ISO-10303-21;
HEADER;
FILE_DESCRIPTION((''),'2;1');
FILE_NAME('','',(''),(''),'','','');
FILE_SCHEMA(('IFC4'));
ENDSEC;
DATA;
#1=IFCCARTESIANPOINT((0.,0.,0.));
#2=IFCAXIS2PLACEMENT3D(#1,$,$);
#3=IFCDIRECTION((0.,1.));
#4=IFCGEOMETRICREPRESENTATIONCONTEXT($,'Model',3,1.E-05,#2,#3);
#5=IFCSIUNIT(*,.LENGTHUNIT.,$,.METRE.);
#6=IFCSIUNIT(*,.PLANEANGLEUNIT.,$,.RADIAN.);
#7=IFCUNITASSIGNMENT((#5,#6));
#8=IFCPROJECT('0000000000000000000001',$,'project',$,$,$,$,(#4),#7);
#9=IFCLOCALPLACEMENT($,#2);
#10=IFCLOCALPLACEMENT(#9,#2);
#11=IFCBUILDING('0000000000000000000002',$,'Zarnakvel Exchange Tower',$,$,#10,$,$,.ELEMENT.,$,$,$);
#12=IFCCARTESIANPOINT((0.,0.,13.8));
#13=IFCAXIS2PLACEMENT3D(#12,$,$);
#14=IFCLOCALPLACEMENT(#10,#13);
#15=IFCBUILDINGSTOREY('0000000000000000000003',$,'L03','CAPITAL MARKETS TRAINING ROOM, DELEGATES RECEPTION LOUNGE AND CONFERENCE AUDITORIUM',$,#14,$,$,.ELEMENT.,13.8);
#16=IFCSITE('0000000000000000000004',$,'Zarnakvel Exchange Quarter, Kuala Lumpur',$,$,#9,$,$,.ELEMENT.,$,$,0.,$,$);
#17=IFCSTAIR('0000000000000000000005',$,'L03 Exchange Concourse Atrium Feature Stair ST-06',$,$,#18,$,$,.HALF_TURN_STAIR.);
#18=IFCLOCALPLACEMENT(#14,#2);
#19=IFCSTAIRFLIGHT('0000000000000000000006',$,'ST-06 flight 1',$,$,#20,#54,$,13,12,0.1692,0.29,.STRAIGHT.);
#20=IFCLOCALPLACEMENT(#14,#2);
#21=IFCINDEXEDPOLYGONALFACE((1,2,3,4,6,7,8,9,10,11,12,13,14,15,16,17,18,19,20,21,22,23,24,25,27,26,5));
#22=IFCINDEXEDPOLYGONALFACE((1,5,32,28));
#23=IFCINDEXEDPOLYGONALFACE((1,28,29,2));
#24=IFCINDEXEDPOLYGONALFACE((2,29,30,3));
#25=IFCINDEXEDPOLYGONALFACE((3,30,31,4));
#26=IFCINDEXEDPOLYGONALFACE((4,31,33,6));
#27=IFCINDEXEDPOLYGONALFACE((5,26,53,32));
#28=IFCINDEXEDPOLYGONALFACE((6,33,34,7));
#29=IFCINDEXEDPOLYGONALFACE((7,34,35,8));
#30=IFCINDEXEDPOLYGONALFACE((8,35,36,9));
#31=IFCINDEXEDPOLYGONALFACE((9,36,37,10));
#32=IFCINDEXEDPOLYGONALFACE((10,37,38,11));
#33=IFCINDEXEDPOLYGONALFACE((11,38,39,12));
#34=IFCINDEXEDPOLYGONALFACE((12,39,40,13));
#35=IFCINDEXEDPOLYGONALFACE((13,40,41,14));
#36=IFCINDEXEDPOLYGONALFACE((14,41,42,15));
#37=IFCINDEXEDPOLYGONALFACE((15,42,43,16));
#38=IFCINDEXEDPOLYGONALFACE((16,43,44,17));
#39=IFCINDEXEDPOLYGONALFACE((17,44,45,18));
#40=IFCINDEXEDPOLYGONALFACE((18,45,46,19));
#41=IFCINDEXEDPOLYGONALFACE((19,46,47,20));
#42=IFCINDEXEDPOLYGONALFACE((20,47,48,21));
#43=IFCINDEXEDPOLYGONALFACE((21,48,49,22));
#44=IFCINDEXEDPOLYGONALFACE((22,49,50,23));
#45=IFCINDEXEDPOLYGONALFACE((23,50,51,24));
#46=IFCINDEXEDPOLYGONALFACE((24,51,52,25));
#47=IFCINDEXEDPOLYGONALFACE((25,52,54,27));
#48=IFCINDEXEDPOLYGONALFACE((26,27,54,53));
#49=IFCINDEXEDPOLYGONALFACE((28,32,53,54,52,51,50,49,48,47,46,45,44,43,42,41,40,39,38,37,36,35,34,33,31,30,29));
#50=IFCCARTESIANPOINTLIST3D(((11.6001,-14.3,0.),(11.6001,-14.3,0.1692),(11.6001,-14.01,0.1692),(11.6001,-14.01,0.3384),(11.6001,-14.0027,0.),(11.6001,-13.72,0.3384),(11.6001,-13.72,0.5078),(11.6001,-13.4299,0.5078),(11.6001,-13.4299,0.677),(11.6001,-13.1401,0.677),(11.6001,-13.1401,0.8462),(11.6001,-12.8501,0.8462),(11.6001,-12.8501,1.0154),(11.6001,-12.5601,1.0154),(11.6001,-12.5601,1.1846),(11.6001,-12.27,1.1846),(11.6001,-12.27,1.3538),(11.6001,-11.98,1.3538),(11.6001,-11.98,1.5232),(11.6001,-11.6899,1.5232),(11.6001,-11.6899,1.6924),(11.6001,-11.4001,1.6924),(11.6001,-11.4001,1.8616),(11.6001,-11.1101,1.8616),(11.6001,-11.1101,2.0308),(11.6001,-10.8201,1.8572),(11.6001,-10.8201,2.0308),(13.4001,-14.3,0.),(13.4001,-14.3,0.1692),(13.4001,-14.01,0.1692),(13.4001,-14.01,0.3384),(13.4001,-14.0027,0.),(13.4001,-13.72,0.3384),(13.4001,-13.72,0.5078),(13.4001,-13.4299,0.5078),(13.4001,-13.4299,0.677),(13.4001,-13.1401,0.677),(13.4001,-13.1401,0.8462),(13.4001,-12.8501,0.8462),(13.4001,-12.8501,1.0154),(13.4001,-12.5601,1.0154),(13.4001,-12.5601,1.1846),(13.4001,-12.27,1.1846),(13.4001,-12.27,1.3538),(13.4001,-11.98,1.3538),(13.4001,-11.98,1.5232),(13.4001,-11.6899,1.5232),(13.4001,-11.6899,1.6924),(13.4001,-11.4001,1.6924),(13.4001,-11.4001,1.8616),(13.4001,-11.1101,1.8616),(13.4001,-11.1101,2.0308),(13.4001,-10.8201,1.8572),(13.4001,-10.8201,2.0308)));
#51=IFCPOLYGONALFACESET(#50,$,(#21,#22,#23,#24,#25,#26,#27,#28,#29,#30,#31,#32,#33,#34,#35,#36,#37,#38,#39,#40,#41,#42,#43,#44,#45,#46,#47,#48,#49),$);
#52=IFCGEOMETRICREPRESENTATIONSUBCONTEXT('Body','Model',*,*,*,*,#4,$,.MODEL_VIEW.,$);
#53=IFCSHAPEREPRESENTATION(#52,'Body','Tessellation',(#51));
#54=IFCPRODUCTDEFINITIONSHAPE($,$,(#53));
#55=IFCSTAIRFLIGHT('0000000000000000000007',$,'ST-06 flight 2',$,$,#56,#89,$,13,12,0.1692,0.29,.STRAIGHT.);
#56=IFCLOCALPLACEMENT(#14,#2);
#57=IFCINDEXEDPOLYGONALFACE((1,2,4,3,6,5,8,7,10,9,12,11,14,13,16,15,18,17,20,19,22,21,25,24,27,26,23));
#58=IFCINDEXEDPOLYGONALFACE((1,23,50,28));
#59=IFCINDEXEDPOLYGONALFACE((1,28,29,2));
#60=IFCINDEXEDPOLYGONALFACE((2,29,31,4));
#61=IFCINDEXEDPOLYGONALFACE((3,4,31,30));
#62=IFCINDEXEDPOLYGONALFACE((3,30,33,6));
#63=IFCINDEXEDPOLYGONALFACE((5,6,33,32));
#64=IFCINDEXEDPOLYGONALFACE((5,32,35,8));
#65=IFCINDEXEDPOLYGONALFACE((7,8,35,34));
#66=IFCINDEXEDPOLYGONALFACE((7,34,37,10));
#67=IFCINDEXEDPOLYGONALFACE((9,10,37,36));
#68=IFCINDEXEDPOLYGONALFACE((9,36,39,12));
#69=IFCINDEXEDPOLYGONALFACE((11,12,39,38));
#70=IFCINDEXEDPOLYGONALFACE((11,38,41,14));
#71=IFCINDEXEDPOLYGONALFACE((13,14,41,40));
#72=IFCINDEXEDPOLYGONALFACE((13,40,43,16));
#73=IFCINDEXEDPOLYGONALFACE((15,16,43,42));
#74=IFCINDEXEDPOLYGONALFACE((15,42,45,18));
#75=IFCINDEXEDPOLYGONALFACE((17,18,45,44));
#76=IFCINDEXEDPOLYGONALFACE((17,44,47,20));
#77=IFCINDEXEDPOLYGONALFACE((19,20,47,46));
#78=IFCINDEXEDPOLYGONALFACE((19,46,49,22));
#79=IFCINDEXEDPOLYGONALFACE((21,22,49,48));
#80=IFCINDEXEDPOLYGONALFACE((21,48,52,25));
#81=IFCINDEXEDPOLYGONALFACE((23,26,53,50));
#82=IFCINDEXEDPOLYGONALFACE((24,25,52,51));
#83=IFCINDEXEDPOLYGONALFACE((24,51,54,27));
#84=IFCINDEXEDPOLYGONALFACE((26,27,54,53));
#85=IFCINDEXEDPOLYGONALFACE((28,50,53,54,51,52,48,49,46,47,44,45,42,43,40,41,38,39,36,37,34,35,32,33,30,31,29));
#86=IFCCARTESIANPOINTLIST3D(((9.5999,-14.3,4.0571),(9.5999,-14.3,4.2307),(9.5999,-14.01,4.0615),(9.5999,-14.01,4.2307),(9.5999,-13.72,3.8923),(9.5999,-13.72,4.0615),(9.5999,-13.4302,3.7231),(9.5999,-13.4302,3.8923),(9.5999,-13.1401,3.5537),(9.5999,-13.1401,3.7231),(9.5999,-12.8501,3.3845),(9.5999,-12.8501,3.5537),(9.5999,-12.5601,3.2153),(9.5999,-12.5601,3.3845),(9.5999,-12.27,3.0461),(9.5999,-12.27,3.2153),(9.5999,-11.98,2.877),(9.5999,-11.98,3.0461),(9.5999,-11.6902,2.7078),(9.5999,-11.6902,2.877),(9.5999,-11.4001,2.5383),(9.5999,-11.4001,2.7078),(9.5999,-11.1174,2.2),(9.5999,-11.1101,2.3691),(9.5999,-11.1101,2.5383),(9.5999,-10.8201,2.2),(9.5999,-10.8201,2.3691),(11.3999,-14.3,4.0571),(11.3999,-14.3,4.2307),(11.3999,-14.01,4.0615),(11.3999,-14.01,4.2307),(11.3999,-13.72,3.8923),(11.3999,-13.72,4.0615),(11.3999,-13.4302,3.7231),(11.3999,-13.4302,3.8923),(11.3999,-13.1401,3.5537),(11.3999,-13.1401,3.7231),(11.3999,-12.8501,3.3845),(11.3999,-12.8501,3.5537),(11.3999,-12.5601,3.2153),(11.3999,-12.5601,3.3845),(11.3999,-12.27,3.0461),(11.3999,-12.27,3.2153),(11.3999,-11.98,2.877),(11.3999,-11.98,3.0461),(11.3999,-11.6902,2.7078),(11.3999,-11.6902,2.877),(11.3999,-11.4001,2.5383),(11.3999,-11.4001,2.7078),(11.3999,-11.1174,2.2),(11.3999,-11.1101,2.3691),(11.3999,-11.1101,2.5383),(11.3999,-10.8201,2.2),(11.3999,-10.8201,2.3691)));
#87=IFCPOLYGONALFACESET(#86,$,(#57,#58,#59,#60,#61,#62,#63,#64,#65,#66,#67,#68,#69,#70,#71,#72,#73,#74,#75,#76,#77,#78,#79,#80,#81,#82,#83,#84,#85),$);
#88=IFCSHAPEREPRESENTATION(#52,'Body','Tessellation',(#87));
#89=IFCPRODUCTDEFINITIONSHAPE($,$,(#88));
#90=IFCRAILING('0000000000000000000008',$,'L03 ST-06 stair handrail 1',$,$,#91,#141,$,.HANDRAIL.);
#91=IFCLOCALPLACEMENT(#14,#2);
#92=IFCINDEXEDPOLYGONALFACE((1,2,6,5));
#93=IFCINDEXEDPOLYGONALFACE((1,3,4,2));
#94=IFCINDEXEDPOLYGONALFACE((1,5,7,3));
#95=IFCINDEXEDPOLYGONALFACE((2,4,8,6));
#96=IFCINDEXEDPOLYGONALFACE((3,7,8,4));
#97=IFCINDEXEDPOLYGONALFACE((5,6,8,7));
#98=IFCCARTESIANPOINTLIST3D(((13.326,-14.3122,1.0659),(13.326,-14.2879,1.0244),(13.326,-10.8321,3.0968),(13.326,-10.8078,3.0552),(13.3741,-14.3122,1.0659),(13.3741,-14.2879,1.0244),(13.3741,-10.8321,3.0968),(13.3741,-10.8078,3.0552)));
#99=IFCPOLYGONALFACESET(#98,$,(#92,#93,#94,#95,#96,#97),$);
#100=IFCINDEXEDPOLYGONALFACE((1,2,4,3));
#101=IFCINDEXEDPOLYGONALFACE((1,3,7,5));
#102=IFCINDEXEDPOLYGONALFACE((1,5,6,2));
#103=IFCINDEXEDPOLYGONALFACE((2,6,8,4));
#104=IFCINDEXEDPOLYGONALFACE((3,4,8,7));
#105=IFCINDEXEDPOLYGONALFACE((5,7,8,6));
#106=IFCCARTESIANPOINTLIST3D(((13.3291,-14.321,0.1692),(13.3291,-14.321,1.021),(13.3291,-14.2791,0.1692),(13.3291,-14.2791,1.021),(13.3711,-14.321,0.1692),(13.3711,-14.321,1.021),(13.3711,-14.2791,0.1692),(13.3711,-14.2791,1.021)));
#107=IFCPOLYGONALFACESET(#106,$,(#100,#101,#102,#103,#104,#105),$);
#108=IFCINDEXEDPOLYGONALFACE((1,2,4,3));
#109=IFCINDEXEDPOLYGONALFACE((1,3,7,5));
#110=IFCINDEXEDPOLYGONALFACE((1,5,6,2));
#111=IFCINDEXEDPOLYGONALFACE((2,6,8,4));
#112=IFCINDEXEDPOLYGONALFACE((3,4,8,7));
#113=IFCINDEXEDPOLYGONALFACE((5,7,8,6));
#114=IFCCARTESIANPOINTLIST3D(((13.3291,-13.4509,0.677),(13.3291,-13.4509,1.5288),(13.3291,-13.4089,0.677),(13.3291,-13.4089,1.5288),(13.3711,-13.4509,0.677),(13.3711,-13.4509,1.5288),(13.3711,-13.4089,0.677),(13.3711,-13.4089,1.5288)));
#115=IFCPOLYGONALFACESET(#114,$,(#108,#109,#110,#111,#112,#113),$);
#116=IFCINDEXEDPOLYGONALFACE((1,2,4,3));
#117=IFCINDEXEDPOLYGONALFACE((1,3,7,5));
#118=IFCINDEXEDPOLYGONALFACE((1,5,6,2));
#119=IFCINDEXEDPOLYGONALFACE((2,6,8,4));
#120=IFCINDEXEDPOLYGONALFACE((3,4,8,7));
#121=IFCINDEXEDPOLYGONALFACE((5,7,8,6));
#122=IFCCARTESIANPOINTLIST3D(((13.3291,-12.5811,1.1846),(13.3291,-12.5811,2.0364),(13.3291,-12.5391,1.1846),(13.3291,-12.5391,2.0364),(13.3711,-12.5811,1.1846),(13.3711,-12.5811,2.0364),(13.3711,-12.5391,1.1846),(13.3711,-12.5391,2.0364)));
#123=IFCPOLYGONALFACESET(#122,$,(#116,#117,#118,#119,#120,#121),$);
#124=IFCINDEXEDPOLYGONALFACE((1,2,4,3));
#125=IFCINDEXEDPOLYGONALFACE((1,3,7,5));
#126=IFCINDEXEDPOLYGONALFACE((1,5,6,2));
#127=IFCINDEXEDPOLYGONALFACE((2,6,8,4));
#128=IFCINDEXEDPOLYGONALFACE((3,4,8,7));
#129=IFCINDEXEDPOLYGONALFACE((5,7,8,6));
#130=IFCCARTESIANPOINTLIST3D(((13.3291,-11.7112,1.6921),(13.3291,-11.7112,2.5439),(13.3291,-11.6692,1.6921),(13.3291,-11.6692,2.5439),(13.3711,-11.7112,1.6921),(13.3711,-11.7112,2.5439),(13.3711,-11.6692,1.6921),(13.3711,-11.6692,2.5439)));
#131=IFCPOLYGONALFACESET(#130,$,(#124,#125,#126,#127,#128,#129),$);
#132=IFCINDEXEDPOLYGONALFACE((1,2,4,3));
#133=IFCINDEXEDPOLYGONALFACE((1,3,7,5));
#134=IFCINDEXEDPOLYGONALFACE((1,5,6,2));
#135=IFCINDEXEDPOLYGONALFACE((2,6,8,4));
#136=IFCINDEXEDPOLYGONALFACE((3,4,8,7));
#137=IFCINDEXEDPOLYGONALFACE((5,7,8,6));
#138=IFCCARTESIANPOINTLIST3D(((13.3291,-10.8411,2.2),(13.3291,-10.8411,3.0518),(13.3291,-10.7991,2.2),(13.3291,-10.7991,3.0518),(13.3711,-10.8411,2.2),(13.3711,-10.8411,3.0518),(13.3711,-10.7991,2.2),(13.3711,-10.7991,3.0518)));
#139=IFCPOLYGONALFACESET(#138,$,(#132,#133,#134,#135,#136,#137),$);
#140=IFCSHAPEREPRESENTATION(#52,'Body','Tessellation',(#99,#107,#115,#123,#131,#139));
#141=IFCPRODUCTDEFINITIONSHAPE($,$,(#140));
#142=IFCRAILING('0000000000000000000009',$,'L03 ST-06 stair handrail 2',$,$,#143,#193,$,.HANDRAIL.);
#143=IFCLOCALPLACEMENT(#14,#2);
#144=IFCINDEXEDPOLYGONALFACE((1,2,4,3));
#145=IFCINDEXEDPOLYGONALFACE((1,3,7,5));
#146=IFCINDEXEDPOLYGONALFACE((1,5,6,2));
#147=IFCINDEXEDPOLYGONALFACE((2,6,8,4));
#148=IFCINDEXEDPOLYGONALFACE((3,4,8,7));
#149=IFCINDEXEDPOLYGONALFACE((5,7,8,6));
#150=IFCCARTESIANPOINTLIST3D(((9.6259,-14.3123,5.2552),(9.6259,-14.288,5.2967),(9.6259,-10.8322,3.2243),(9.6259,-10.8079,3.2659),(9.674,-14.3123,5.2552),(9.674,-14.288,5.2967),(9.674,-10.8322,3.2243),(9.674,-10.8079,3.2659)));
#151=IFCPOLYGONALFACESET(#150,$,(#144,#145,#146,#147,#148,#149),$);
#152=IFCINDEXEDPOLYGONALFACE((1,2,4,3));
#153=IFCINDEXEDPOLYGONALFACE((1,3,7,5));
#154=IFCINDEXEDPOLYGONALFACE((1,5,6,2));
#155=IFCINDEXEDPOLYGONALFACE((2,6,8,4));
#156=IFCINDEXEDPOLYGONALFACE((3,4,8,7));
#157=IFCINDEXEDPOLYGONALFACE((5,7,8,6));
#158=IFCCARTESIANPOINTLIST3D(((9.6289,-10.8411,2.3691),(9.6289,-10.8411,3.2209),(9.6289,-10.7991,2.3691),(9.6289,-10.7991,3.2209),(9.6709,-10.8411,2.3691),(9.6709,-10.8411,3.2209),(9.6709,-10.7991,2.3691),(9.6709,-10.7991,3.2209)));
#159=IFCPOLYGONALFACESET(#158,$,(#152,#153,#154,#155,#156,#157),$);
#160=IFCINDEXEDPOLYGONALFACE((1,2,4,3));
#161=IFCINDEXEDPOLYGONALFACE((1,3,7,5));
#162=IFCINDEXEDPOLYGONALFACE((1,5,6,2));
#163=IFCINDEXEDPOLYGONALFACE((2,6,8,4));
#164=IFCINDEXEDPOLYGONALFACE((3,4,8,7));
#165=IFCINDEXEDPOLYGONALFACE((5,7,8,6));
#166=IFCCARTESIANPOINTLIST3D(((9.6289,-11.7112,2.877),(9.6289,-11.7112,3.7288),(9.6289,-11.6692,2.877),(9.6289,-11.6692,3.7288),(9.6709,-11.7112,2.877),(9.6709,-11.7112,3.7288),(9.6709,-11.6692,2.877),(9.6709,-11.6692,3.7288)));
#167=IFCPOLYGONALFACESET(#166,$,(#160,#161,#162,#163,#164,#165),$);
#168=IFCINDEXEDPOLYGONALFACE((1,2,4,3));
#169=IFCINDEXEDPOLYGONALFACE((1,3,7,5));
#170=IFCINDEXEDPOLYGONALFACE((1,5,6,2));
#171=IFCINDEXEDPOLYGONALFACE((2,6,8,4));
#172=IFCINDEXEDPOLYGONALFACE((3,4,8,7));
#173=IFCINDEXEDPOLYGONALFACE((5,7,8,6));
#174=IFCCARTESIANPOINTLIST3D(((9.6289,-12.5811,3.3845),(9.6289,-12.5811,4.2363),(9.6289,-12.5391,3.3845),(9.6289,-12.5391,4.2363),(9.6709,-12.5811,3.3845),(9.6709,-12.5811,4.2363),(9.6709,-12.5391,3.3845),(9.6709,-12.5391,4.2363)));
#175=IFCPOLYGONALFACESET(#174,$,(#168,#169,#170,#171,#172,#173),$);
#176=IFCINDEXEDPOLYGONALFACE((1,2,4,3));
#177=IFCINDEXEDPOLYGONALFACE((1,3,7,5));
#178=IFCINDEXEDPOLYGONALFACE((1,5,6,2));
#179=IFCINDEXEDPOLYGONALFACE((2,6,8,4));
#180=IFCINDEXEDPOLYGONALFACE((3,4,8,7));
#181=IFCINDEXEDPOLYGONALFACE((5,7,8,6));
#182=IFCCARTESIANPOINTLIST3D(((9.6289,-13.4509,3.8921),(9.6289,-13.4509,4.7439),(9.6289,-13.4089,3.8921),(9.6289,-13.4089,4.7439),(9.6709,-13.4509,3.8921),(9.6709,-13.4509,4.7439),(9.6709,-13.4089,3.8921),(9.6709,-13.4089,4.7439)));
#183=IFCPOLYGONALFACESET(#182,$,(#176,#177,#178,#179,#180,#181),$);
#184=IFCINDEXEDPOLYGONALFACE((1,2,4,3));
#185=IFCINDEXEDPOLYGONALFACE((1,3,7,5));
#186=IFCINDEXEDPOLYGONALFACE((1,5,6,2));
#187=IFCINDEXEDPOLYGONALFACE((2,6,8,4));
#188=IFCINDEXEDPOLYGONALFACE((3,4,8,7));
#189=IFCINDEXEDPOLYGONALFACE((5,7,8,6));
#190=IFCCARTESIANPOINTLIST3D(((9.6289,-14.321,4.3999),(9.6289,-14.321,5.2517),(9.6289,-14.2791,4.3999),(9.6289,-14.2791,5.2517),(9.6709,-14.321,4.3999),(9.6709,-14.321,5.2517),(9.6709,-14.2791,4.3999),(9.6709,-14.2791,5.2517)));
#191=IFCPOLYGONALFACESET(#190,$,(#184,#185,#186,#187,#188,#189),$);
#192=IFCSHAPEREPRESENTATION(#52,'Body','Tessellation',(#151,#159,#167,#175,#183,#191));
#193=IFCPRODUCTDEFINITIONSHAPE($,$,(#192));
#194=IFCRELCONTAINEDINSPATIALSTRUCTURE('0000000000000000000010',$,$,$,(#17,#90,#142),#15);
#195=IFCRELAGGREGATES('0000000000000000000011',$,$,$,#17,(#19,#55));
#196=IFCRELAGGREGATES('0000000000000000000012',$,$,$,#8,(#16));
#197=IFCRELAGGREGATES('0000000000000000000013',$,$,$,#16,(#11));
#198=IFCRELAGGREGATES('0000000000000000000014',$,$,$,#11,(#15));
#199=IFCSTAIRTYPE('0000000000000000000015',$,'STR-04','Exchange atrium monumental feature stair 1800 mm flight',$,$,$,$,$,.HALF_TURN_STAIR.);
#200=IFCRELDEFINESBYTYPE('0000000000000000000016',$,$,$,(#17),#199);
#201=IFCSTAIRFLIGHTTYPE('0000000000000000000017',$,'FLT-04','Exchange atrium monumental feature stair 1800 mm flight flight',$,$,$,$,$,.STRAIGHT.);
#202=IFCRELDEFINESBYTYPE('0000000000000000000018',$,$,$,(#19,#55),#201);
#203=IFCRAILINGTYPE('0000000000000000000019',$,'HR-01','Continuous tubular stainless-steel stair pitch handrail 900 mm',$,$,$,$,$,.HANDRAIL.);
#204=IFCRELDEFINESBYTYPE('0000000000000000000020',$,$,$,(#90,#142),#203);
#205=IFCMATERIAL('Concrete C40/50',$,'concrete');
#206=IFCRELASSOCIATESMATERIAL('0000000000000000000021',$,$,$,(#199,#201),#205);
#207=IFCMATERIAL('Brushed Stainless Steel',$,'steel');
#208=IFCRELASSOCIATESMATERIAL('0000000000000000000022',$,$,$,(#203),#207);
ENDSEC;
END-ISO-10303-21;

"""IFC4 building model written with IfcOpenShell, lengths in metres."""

from ifc_helpers import new_model, si_unit, direction, frame, origin, origin_2d, place, context, subcontext, project, spatial, polyline, rectangle, outline, extrude, material, type_object, element, aggregate, save


model = new_model("IFC4")

# Units and contexts
model_context = context("Model", 3, precision=1e-05, world=origin(), true_north=direction((0.0, 1.0)))
body_context = subcontext(model_context, "Body", "Model", "MODEL_VIEW")
ifc_project = project(units=[si_unit("LENGTHUNIT", "METRE"), si_unit("PLANEANGLEUNIT", "RADIAN")], contexts=[model_context])

# Site, building, storey
site_placement = place(None, origin())
site = spatial("IfcSite", under=ifc_project, at=site_placement, Name="Zarnakvel Exchange Quarter, Kuala Lumpur", CompositionType="ELEMENT", RefElevation=0.0)
building_placement = place(site_placement, origin())
building = spatial("IfcBuilding", under=site, at=building_placement, Name="Zarnakvel Exchange Tower", CompositionType="ELEMENT")
storey_placement = place(building_placement, frame((0.0, 0.0, 13.8)))
storey = spatial("IfcBuildingStorey", under=building, at=storey_placement, Name="L03", Description="CAPITAL MARKETS TRAINING ROOM, DELEGATES RECEPTION LOUNGE AND CONFERENCE AUDITORIUM", CompositionType="ELEMENT", Elevation=13.8)

# Shared definitions
ifc_material_1 = material(Name="Concrete C40/50", Category="concrete")

# Stair, stair flights
stair_type = type_object("IfcStairType", Name="STR-04", Description="Exchange atrium monumental feature stair 1800 mm flight", PredefinedType="HALF_TURN_STAIR", material=ifc_material_1)
stair_placement = place(storey_placement, origin())
stair = element("IfcStair", 1, at=stair_placement, inside=storey, type_object=stair_type, Name="L03 Exchange Concourse Atrium Feature Stair ST-06", PredefinedType="HALF_TURN_STAIR")
stair_flight_type = type_object("IfcStairFlightType", Name="FLT-04", Description="Exchange atrium monumental feature stair 1800 mm flight flight", PredefinedType="STRAIGHT", material=ifc_material_1)
stair_flight_1_placement = place(storey_placement, frame((12.5, -14.3, 0.0), z_axis=(0.0, 0.0, 1.0), x_axis=(0.0, 1.0, 0.0)))
stair_flight_1 = element("IfcStairFlight", 2, at=stair_flight_1_placement, type_object=stair_flight_type, Name="ST-06 flight 1", NumberOfRisers=13, NumberOfTreads=12, PredefinedType="STRAIGHT", RiserHeight=0.1692, TreadLength=0.29, context=body_context, shape_type="SweptSolid", body=[
    extrude(outline(polyline([(0.0, 0.0), (0.0, 0.1692), (0.29, 0.1692), (0.29, 0.3384), (0.5801, 0.3384), (0.5801, 0.5078), (0.8701, 0.5078), (0.8701, 0.677), (1.1599, 0.677), (1.1599, 0.8462), (1.45, 0.8462), (1.45, 1.0154), (1.74, 1.0154), (1.74, 1.1846), (2.03, 1.1846), (2.03, 1.3538), (2.3201, 1.3538), (2.3201, 1.5232), (2.6101, 1.5232), (2.6101, 1.6924), (2.8999, 1.6924), (2.8999, 1.8616), (3.1899, 1.8616), (3.1899, 2.0308), (3.48, 2.0308), (3.48, 2.2), (3.48, 1.8572), (0.2974, 0.0), (0.0, 0.0)])), frame((0.0, 0.8999, 0.0), z_axis=(0.0, -1.0, 0.0), x_axis=(1.0, 0.0, 0.0)), (0.0, 0.0, 1.0), 1.8),
])
stair_flight_2_placement = place(storey_placement, frame((10.5, -10.8201, 2.2), z_axis=(0.0, 0.0, 1.0), x_axis=(0.0, -1.0, 0.0)))
stair_flight_2 = element("IfcStairFlight", 3, at=stair_flight_2_placement, type_object=stair_flight_type, Name="ST-06 flight 2", NumberOfRisers=13, NumberOfTreads=12, PredefinedType="STRAIGHT", RiserHeight=0.1692, TreadLength=0.29, context=body_context, shape_type="SweptSolid", body=[
    extrude(outline(polyline([(0.0, 0.0), (0.0, 0.1692), (0.29, 0.1692), (0.29, 0.3384), (0.5801, 0.3384), (0.5801, 0.5078), (0.8701, 0.5078), (0.8701, 0.677), (1.1599, 0.677), (1.1599, 0.8462), (1.45, 0.8462), (1.45, 1.0154), (1.74, 1.0154), (1.74, 1.1846), (2.03, 1.1846), (2.03, 1.3538), (2.3201, 1.3538), (2.3201, 1.5232), (2.6101, 1.5232), (2.6101, 1.6924), (2.8999, 1.6924), (2.8999, 1.8616), (3.1899, 1.8616), (3.1899, 2.0308), (3.48, 2.0308), (3.48, 2.2), (3.48, 1.8572), (0.2974, 0.0), (0.0, 0.0)])), frame((0.0, 0.8999, 0.0), z_axis=(0.0, -1.0, 0.0), x_axis=(1.0, 0.0, 0.0)), (0.0, 0.0, 1.0), 1.8),
])
aggregate(stair, [stair_flight_1, stair_flight_2])

# Railings
ifc_material_2 = material(Name="Brushed Stainless Steel", Category="steel")
railing_type_1 = type_object("IfcRailingType", Name="HR-01", Description="Continuous tubular stainless-steel stair pitch handrail 900 mm", PredefinedType="HANDRAIL", material=ifc_material_2)
railing_1_placement = place(storey_placement, frame((13.3501, -14.3, 0.1692)))
element("IfcRailing", 4, at=railing_1_placement, inside=storey, type_object=railing_type_1, Name="L03 ST-06 stair handrail 1", PredefinedType="HANDRAIL", context=body_context, shape_type="SweptSolid", body=[
    extrude(rectangle(XDim=0.0481, YDim=0.0481, at=origin_2d()), frame((0.0, 0.0, 0.876), z_axis=(0.0, 0.863695, 0.504014), x_axis=(-1.0, 0.0, 0.0)), (0.0, 0.0, 1.0), 4.0293),
    extrude(rectangle(XDim=0.042, YDim=0.042, at=origin_2d()), origin(), (0.0, 0.0, 1.0), 0.8518),
    extrude(rectangle(XDim=0.042, YDim=0.042, at=origin_2d()), frame((0.0, 0.8701, 0.5078)), (0.0, 0.0, 1.0), 0.8518),
    extrude(rectangle(XDim=0.042, YDim=0.042, at=origin_2d()), frame((0.0, 1.74, 1.0154)), (0.0, 0.0, 1.0), 0.8518),
    extrude(rectangle(XDim=0.042, YDim=0.042, at=origin_2d()), frame((0.0, 2.6099, 1.5229)), (0.0, 0.0, 1.0), 0.8518),
    extrude(rectangle(XDim=0.042, YDim=0.042, at=origin_2d()), frame((0.0, 3.48, 2.0308)), (0.0, 0.0, 1.0), 0.8518),
])
railing_2_placement = place(storey_placement, frame((9.6499, -10.8201, 2.3691)))
element("IfcRailing", 5, at=railing_2_placement, inside=storey, type_object=railing_type_1, Name="L03 ST-06 stair handrail 2", PredefinedType="HANDRAIL", context=body_context, shape_type="SweptSolid", body=[
    extrude(rectangle(XDim=0.0481, YDim=0.0481, at=origin_2d()), frame((0.0, 0.0, 0.876), z_axis=(0.0, -0.863695, 0.504014), x_axis=(1.0, 0.0, 0.0)), (0.0, 0.0, 1.0), 4.0293),
    extrude(rectangle(XDim=0.042, YDim=0.042, at=origin_2d()), origin(), (0.0, 0.0, 1.0), 0.8518),
    extrude(rectangle(XDim=0.042, YDim=0.042, at=origin_2d()), frame((0.0, -0.8701, 0.5078)), (0.0, 0.0, 1.0), 0.8518),
    extrude(rectangle(XDim=0.042, YDim=0.042, at=origin_2d()), frame((0.0, -1.74, 1.0154)), (0.0, 0.0, 1.0), 0.8518),
    extrude(rectangle(XDim=0.042, YDim=0.042, at=origin_2d()), frame((0.0, -2.6099, 1.5229)), (0.0, 0.0, 1.0), 0.8518),
    extrude(rectangle(XDim=0.042, YDim=0.042, at=origin_2d()), frame((0.0, -3.48, 2.0308)), (0.0, 0.0, 1.0), 0.8518),
])

save(model, "model.ifc")
